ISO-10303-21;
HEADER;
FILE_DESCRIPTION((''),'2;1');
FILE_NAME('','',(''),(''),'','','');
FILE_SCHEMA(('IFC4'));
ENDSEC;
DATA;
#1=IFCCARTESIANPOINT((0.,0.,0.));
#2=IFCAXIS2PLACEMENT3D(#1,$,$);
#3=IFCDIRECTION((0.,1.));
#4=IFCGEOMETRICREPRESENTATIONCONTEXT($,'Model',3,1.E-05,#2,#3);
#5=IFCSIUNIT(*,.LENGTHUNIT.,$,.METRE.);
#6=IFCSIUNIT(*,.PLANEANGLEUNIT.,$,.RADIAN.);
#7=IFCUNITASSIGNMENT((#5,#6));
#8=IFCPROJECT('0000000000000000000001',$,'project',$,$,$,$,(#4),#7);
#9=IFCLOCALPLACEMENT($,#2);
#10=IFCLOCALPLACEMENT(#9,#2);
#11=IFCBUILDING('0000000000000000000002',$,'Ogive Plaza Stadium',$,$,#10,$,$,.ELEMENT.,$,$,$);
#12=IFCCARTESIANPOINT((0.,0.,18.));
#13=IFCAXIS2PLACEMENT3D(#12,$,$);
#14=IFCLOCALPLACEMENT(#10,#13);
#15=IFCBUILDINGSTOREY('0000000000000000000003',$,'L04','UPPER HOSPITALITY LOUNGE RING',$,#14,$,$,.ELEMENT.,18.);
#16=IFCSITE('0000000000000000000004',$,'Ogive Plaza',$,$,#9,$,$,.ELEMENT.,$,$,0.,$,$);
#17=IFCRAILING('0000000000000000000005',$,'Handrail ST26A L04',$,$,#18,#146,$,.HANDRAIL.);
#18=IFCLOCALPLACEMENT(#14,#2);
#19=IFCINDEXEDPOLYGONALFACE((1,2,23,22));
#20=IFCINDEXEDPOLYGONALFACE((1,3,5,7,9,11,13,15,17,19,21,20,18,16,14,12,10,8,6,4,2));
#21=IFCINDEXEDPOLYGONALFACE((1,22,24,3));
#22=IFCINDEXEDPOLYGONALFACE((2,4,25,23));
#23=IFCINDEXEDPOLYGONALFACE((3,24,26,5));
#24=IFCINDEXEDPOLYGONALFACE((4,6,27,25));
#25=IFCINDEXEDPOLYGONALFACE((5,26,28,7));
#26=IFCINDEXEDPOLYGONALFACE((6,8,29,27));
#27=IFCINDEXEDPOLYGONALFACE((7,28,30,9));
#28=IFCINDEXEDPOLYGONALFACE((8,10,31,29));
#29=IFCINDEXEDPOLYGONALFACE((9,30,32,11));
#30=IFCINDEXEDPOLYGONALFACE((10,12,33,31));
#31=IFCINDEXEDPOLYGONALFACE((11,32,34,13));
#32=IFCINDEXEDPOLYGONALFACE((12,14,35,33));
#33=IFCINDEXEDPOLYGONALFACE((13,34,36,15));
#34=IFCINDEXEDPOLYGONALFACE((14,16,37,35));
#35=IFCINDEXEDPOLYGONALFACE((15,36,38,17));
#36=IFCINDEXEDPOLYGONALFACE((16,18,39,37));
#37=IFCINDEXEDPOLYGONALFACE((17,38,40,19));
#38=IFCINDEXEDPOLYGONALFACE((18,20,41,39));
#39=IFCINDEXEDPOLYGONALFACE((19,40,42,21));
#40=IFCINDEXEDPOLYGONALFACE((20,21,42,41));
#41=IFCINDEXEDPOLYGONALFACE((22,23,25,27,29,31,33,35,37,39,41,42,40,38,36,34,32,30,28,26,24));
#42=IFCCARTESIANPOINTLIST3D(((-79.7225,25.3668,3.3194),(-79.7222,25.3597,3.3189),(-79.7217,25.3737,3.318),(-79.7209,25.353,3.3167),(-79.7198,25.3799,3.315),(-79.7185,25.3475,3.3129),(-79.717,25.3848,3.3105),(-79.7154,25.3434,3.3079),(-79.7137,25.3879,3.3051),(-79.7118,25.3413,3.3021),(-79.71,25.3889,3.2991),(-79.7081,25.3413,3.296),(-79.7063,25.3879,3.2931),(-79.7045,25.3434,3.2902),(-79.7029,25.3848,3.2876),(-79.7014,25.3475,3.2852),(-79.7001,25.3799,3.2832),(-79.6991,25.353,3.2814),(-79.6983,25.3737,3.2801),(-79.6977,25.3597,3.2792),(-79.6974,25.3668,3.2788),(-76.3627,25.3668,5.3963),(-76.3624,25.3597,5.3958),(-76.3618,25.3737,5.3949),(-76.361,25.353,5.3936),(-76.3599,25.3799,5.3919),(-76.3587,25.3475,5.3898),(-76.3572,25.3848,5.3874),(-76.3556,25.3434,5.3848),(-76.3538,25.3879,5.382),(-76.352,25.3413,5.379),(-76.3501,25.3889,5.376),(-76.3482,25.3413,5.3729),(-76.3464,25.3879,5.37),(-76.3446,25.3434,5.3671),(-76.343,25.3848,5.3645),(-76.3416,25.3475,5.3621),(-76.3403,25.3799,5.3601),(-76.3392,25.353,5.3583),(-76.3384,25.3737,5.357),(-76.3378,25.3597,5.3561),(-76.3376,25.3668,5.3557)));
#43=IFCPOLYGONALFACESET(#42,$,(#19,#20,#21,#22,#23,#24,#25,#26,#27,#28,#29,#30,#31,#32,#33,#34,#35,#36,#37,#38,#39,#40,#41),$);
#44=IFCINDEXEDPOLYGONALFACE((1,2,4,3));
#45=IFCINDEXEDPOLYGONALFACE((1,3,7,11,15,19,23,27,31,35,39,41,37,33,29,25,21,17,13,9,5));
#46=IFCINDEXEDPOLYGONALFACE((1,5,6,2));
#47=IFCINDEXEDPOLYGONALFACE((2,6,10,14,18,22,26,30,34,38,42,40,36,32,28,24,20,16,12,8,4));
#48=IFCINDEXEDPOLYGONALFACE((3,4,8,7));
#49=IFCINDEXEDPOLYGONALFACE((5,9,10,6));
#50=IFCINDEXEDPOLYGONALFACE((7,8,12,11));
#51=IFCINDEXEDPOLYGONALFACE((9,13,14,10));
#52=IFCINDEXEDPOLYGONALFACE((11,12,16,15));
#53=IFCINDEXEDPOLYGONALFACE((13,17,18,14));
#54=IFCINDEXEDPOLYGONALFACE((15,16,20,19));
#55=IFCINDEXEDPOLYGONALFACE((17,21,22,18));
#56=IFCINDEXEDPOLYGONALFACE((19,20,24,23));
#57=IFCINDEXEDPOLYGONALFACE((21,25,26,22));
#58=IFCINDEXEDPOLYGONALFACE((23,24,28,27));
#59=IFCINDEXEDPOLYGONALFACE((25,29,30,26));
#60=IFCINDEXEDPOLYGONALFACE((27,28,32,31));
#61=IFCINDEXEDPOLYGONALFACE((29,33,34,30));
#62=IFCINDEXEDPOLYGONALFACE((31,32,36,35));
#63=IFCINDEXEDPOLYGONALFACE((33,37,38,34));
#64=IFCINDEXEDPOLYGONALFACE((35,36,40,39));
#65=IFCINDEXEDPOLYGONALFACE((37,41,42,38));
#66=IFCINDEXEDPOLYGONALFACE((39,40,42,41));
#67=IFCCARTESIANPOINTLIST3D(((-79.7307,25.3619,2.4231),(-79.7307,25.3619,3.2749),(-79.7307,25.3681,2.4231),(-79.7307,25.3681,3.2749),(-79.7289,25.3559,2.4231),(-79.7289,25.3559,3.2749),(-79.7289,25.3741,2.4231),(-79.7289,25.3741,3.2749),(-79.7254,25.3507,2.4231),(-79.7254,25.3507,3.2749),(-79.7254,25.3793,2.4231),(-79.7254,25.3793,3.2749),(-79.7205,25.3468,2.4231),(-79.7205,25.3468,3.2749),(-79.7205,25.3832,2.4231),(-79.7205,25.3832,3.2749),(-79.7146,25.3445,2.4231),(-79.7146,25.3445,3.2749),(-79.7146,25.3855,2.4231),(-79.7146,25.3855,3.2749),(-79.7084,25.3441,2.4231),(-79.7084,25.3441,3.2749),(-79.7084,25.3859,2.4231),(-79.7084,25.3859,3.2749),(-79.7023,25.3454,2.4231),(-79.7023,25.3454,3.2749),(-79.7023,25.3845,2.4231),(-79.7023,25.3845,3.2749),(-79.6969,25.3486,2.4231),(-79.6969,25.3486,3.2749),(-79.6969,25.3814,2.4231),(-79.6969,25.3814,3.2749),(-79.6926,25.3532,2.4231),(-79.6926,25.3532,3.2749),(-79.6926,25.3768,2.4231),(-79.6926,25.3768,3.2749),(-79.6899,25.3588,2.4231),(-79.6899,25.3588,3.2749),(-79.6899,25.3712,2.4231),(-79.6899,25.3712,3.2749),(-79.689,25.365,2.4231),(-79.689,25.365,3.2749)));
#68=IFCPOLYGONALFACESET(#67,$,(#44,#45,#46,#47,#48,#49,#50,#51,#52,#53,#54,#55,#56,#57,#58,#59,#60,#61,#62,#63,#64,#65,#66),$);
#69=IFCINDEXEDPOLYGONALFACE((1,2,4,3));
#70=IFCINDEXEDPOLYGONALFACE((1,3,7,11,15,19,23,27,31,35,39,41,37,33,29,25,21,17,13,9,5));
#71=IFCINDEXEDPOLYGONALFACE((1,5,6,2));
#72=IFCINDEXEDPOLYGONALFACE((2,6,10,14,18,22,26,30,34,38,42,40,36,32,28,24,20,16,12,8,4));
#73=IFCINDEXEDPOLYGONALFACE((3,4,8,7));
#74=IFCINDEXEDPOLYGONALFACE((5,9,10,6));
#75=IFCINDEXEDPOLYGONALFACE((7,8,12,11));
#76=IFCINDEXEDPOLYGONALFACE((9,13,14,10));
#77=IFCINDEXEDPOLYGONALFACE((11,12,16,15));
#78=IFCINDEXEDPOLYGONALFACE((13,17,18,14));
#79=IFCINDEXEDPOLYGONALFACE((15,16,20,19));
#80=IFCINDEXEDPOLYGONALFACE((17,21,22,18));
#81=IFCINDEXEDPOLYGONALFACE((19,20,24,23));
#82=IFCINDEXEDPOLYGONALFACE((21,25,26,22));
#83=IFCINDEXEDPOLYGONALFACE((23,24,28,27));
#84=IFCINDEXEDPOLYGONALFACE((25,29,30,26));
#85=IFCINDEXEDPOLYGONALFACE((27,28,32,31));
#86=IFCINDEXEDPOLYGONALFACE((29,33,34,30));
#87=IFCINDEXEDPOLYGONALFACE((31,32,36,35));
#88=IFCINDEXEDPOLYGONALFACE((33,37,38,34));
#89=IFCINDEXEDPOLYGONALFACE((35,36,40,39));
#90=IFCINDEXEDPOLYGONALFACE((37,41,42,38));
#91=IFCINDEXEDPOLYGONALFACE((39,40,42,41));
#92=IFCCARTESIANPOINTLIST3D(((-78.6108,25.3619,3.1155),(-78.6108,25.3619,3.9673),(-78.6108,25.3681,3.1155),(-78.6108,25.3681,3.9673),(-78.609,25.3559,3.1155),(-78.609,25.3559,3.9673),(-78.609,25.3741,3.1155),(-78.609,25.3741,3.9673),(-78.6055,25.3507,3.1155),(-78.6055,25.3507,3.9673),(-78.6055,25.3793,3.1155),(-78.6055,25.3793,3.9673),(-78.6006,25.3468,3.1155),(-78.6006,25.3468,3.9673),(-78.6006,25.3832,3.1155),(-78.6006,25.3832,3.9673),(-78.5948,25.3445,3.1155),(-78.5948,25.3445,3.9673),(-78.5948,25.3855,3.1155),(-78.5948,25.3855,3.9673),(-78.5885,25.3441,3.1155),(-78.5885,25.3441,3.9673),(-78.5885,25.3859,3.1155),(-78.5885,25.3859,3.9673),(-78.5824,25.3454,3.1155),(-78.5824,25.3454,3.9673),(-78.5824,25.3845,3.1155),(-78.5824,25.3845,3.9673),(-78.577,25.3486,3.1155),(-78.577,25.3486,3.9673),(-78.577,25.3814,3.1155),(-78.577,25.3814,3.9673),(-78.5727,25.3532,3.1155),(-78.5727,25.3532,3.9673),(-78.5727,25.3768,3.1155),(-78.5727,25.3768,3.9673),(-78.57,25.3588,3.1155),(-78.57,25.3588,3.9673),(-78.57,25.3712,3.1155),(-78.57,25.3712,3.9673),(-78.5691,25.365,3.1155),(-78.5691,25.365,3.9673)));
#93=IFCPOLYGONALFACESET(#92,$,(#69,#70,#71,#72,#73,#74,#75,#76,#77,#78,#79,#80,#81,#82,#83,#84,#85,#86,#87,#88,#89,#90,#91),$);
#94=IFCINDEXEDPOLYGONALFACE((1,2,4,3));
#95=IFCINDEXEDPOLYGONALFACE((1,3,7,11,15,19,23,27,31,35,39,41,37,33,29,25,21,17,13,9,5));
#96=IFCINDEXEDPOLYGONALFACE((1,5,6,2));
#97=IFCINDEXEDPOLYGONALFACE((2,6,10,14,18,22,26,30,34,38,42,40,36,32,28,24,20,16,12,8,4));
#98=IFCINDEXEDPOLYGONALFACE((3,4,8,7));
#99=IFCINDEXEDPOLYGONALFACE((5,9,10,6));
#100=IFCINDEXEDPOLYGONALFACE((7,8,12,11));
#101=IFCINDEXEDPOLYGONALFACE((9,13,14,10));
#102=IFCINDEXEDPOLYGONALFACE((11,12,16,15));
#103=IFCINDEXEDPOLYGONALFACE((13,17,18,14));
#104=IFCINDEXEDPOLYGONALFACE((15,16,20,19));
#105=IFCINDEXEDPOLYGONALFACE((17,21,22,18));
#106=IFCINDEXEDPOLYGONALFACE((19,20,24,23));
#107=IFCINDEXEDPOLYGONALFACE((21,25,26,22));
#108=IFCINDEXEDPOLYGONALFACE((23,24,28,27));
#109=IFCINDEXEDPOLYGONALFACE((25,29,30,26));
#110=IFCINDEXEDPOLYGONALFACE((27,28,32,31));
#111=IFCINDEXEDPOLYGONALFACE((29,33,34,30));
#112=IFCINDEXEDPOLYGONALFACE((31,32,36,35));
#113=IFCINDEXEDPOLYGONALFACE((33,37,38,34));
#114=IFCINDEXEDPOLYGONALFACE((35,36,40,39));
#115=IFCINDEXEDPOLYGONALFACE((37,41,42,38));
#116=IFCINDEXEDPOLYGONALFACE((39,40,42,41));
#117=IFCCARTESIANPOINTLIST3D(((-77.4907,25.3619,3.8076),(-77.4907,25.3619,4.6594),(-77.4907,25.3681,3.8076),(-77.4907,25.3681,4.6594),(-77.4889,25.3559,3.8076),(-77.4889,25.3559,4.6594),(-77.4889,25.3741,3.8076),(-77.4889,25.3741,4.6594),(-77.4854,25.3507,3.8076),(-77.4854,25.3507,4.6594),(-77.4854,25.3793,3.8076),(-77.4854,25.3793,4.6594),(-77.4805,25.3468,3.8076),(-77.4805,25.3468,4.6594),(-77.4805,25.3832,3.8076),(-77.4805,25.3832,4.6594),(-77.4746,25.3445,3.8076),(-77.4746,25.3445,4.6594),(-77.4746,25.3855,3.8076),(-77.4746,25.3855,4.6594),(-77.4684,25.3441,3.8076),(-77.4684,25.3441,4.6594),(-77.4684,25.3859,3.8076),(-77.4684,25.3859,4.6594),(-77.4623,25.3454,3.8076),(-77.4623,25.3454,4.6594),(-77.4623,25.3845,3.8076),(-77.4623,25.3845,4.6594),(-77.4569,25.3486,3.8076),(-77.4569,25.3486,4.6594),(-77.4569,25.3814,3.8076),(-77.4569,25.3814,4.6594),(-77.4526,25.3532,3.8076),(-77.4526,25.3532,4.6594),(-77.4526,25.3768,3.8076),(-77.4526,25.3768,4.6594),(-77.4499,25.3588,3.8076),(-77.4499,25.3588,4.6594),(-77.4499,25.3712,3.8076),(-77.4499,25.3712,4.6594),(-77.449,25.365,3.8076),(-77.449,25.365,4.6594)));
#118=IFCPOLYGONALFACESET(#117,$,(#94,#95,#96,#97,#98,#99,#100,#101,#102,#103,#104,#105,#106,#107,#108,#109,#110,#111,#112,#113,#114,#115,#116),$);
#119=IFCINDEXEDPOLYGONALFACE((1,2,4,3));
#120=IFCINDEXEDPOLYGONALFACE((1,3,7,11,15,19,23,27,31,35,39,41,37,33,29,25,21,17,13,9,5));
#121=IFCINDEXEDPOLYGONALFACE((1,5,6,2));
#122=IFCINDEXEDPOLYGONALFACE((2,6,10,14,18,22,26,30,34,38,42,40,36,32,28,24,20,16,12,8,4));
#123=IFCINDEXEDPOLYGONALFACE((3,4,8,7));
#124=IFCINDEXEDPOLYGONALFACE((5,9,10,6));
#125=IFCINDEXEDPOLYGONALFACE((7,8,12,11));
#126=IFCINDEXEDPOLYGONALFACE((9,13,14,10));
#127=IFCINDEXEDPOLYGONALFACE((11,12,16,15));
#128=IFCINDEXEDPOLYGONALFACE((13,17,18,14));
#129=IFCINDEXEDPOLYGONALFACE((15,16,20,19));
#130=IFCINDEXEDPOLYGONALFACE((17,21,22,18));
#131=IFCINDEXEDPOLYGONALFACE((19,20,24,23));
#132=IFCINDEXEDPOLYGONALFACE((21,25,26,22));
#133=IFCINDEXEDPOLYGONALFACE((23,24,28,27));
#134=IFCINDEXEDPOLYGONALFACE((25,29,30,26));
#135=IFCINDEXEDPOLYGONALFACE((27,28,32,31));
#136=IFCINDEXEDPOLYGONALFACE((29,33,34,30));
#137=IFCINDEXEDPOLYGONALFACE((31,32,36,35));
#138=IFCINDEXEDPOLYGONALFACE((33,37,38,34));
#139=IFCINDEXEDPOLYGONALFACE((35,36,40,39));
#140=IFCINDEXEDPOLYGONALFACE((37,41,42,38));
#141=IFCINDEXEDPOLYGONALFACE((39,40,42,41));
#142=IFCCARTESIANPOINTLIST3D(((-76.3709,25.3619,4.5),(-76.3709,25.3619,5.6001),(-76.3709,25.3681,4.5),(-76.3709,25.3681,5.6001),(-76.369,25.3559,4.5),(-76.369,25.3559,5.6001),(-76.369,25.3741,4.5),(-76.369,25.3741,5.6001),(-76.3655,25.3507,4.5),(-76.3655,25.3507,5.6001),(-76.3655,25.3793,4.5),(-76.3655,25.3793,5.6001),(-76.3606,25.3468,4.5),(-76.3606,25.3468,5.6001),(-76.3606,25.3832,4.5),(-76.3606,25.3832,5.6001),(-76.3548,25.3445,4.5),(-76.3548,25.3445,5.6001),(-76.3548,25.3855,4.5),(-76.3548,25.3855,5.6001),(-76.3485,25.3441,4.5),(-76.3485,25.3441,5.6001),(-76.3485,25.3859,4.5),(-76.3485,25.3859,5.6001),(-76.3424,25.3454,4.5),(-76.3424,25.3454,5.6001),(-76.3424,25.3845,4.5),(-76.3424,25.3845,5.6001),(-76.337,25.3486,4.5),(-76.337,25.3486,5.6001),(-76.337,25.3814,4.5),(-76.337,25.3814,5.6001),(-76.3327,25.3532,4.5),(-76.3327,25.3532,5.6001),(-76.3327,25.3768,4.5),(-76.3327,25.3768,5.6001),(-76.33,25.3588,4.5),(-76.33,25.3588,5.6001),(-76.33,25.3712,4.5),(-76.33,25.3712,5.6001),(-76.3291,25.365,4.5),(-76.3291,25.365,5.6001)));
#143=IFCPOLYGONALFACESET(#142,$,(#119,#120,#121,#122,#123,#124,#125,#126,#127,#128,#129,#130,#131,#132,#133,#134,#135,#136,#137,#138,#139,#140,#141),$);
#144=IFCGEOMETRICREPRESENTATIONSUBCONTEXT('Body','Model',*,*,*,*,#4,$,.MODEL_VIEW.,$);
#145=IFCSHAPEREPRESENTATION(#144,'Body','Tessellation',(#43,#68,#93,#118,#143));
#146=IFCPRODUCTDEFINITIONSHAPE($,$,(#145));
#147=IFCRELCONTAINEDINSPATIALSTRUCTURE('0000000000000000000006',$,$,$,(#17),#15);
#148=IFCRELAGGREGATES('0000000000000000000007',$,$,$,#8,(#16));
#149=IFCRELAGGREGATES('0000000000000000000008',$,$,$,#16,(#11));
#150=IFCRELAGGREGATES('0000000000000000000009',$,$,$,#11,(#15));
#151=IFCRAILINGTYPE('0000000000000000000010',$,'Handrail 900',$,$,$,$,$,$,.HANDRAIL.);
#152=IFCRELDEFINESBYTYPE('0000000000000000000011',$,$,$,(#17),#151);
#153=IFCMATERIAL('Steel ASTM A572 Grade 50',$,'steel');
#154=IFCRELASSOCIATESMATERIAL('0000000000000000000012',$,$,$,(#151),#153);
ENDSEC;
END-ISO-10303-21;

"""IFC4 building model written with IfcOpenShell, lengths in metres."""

from ifc_helpers import new_model, si_unit, direction, frame, origin, origin_2d, place, context, subcontext, project, spatial, circle, extrude, material, type_object, element, save


model = new_model("IFC4")

# Units and contexts
model_context = context("Model", 3, precision=1e-05, world=origin(), true_north=direction((0.0, 1.0)))
body_context = subcontext(model_context, "Body", "Model", "MODEL_VIEW")
ifc_project = project(units=[si_unit("LENGTHUNIT", "METRE"), si_unit("PLANEANGLEUNIT", "RADIAN")], contexts=[model_context])

# Site, building, storey
site_placement = place(None, origin())
site = spatial("IfcSite", under=ifc_project, at=site_placement, Name="Ogive Plaza", CompositionType="ELEMENT", RefElevation=0.0)
building_placement = place(site_placement, origin())
building = spatial("IfcBuilding", under=site, at=building_placement, Name="Ogive Plaza Stadium", CompositionType="ELEMENT")
storey_placement = place(building_placement, frame((0.0, 0.0, 18.0)))
storey = spatial("IfcBuildingStorey", under=building, at=storey_placement, Name="L04", Description="UPPER HOSPITALITY LOUNGE RING", CompositionType="ELEMENT", Elevation=18.0)

# Railing
ifc_material_1 = material(Name="Steel ASTM A572 Grade 50", Category="steel")
railing_type_1 = type_object("IfcRailingType", Name="Handrail 900", PredefinedType="HANDRAIL", material=ifc_material_1)
for number, where, name in (
    (1, (-79.71, 25.365, 2.4231), "Handrail ST26A L04"),
):
    element("IfcRailing", number, at=place(storey_placement, frame(where)), inside=storey, type_object=railing_type_1, Name=name, PredefinedType="HANDRAIL", context=body_context, shape_type="SweptSolid", body=[
        extrude(circle(Radius=0.0239, at=origin_2d()), frame((0.0, 0.0, 0.876), z_axis=(0.850606, 0.0, 0.525803), x_axis=(0.0, 1.0, 0.0)), (0.0, 0.0, 1.0), 3.95),
        extrude(circle(Radius=0.021, at=origin_2d()), origin(), (0.0, 0.0, 1.0), 0.8518),
        extrude(circle(Radius=0.021, at=origin_2d()), frame((1.1199, 0.0, 0.6924)), (0.0, 0.0, 1.0), 0.8518),
        extrude(circle(Radius=0.021, at=origin_2d()), frame((2.24, 0.0, 1.3845)), (0.0, 0.0, 1.0), 0.8518),
        extrude(circle(Radius=0.021, at=origin_2d()), frame((3.3599, 0.0, 2.0769)), (0.0, 0.0, 1.0), 1.1001),
    ])

save(model, "model.ifc")
